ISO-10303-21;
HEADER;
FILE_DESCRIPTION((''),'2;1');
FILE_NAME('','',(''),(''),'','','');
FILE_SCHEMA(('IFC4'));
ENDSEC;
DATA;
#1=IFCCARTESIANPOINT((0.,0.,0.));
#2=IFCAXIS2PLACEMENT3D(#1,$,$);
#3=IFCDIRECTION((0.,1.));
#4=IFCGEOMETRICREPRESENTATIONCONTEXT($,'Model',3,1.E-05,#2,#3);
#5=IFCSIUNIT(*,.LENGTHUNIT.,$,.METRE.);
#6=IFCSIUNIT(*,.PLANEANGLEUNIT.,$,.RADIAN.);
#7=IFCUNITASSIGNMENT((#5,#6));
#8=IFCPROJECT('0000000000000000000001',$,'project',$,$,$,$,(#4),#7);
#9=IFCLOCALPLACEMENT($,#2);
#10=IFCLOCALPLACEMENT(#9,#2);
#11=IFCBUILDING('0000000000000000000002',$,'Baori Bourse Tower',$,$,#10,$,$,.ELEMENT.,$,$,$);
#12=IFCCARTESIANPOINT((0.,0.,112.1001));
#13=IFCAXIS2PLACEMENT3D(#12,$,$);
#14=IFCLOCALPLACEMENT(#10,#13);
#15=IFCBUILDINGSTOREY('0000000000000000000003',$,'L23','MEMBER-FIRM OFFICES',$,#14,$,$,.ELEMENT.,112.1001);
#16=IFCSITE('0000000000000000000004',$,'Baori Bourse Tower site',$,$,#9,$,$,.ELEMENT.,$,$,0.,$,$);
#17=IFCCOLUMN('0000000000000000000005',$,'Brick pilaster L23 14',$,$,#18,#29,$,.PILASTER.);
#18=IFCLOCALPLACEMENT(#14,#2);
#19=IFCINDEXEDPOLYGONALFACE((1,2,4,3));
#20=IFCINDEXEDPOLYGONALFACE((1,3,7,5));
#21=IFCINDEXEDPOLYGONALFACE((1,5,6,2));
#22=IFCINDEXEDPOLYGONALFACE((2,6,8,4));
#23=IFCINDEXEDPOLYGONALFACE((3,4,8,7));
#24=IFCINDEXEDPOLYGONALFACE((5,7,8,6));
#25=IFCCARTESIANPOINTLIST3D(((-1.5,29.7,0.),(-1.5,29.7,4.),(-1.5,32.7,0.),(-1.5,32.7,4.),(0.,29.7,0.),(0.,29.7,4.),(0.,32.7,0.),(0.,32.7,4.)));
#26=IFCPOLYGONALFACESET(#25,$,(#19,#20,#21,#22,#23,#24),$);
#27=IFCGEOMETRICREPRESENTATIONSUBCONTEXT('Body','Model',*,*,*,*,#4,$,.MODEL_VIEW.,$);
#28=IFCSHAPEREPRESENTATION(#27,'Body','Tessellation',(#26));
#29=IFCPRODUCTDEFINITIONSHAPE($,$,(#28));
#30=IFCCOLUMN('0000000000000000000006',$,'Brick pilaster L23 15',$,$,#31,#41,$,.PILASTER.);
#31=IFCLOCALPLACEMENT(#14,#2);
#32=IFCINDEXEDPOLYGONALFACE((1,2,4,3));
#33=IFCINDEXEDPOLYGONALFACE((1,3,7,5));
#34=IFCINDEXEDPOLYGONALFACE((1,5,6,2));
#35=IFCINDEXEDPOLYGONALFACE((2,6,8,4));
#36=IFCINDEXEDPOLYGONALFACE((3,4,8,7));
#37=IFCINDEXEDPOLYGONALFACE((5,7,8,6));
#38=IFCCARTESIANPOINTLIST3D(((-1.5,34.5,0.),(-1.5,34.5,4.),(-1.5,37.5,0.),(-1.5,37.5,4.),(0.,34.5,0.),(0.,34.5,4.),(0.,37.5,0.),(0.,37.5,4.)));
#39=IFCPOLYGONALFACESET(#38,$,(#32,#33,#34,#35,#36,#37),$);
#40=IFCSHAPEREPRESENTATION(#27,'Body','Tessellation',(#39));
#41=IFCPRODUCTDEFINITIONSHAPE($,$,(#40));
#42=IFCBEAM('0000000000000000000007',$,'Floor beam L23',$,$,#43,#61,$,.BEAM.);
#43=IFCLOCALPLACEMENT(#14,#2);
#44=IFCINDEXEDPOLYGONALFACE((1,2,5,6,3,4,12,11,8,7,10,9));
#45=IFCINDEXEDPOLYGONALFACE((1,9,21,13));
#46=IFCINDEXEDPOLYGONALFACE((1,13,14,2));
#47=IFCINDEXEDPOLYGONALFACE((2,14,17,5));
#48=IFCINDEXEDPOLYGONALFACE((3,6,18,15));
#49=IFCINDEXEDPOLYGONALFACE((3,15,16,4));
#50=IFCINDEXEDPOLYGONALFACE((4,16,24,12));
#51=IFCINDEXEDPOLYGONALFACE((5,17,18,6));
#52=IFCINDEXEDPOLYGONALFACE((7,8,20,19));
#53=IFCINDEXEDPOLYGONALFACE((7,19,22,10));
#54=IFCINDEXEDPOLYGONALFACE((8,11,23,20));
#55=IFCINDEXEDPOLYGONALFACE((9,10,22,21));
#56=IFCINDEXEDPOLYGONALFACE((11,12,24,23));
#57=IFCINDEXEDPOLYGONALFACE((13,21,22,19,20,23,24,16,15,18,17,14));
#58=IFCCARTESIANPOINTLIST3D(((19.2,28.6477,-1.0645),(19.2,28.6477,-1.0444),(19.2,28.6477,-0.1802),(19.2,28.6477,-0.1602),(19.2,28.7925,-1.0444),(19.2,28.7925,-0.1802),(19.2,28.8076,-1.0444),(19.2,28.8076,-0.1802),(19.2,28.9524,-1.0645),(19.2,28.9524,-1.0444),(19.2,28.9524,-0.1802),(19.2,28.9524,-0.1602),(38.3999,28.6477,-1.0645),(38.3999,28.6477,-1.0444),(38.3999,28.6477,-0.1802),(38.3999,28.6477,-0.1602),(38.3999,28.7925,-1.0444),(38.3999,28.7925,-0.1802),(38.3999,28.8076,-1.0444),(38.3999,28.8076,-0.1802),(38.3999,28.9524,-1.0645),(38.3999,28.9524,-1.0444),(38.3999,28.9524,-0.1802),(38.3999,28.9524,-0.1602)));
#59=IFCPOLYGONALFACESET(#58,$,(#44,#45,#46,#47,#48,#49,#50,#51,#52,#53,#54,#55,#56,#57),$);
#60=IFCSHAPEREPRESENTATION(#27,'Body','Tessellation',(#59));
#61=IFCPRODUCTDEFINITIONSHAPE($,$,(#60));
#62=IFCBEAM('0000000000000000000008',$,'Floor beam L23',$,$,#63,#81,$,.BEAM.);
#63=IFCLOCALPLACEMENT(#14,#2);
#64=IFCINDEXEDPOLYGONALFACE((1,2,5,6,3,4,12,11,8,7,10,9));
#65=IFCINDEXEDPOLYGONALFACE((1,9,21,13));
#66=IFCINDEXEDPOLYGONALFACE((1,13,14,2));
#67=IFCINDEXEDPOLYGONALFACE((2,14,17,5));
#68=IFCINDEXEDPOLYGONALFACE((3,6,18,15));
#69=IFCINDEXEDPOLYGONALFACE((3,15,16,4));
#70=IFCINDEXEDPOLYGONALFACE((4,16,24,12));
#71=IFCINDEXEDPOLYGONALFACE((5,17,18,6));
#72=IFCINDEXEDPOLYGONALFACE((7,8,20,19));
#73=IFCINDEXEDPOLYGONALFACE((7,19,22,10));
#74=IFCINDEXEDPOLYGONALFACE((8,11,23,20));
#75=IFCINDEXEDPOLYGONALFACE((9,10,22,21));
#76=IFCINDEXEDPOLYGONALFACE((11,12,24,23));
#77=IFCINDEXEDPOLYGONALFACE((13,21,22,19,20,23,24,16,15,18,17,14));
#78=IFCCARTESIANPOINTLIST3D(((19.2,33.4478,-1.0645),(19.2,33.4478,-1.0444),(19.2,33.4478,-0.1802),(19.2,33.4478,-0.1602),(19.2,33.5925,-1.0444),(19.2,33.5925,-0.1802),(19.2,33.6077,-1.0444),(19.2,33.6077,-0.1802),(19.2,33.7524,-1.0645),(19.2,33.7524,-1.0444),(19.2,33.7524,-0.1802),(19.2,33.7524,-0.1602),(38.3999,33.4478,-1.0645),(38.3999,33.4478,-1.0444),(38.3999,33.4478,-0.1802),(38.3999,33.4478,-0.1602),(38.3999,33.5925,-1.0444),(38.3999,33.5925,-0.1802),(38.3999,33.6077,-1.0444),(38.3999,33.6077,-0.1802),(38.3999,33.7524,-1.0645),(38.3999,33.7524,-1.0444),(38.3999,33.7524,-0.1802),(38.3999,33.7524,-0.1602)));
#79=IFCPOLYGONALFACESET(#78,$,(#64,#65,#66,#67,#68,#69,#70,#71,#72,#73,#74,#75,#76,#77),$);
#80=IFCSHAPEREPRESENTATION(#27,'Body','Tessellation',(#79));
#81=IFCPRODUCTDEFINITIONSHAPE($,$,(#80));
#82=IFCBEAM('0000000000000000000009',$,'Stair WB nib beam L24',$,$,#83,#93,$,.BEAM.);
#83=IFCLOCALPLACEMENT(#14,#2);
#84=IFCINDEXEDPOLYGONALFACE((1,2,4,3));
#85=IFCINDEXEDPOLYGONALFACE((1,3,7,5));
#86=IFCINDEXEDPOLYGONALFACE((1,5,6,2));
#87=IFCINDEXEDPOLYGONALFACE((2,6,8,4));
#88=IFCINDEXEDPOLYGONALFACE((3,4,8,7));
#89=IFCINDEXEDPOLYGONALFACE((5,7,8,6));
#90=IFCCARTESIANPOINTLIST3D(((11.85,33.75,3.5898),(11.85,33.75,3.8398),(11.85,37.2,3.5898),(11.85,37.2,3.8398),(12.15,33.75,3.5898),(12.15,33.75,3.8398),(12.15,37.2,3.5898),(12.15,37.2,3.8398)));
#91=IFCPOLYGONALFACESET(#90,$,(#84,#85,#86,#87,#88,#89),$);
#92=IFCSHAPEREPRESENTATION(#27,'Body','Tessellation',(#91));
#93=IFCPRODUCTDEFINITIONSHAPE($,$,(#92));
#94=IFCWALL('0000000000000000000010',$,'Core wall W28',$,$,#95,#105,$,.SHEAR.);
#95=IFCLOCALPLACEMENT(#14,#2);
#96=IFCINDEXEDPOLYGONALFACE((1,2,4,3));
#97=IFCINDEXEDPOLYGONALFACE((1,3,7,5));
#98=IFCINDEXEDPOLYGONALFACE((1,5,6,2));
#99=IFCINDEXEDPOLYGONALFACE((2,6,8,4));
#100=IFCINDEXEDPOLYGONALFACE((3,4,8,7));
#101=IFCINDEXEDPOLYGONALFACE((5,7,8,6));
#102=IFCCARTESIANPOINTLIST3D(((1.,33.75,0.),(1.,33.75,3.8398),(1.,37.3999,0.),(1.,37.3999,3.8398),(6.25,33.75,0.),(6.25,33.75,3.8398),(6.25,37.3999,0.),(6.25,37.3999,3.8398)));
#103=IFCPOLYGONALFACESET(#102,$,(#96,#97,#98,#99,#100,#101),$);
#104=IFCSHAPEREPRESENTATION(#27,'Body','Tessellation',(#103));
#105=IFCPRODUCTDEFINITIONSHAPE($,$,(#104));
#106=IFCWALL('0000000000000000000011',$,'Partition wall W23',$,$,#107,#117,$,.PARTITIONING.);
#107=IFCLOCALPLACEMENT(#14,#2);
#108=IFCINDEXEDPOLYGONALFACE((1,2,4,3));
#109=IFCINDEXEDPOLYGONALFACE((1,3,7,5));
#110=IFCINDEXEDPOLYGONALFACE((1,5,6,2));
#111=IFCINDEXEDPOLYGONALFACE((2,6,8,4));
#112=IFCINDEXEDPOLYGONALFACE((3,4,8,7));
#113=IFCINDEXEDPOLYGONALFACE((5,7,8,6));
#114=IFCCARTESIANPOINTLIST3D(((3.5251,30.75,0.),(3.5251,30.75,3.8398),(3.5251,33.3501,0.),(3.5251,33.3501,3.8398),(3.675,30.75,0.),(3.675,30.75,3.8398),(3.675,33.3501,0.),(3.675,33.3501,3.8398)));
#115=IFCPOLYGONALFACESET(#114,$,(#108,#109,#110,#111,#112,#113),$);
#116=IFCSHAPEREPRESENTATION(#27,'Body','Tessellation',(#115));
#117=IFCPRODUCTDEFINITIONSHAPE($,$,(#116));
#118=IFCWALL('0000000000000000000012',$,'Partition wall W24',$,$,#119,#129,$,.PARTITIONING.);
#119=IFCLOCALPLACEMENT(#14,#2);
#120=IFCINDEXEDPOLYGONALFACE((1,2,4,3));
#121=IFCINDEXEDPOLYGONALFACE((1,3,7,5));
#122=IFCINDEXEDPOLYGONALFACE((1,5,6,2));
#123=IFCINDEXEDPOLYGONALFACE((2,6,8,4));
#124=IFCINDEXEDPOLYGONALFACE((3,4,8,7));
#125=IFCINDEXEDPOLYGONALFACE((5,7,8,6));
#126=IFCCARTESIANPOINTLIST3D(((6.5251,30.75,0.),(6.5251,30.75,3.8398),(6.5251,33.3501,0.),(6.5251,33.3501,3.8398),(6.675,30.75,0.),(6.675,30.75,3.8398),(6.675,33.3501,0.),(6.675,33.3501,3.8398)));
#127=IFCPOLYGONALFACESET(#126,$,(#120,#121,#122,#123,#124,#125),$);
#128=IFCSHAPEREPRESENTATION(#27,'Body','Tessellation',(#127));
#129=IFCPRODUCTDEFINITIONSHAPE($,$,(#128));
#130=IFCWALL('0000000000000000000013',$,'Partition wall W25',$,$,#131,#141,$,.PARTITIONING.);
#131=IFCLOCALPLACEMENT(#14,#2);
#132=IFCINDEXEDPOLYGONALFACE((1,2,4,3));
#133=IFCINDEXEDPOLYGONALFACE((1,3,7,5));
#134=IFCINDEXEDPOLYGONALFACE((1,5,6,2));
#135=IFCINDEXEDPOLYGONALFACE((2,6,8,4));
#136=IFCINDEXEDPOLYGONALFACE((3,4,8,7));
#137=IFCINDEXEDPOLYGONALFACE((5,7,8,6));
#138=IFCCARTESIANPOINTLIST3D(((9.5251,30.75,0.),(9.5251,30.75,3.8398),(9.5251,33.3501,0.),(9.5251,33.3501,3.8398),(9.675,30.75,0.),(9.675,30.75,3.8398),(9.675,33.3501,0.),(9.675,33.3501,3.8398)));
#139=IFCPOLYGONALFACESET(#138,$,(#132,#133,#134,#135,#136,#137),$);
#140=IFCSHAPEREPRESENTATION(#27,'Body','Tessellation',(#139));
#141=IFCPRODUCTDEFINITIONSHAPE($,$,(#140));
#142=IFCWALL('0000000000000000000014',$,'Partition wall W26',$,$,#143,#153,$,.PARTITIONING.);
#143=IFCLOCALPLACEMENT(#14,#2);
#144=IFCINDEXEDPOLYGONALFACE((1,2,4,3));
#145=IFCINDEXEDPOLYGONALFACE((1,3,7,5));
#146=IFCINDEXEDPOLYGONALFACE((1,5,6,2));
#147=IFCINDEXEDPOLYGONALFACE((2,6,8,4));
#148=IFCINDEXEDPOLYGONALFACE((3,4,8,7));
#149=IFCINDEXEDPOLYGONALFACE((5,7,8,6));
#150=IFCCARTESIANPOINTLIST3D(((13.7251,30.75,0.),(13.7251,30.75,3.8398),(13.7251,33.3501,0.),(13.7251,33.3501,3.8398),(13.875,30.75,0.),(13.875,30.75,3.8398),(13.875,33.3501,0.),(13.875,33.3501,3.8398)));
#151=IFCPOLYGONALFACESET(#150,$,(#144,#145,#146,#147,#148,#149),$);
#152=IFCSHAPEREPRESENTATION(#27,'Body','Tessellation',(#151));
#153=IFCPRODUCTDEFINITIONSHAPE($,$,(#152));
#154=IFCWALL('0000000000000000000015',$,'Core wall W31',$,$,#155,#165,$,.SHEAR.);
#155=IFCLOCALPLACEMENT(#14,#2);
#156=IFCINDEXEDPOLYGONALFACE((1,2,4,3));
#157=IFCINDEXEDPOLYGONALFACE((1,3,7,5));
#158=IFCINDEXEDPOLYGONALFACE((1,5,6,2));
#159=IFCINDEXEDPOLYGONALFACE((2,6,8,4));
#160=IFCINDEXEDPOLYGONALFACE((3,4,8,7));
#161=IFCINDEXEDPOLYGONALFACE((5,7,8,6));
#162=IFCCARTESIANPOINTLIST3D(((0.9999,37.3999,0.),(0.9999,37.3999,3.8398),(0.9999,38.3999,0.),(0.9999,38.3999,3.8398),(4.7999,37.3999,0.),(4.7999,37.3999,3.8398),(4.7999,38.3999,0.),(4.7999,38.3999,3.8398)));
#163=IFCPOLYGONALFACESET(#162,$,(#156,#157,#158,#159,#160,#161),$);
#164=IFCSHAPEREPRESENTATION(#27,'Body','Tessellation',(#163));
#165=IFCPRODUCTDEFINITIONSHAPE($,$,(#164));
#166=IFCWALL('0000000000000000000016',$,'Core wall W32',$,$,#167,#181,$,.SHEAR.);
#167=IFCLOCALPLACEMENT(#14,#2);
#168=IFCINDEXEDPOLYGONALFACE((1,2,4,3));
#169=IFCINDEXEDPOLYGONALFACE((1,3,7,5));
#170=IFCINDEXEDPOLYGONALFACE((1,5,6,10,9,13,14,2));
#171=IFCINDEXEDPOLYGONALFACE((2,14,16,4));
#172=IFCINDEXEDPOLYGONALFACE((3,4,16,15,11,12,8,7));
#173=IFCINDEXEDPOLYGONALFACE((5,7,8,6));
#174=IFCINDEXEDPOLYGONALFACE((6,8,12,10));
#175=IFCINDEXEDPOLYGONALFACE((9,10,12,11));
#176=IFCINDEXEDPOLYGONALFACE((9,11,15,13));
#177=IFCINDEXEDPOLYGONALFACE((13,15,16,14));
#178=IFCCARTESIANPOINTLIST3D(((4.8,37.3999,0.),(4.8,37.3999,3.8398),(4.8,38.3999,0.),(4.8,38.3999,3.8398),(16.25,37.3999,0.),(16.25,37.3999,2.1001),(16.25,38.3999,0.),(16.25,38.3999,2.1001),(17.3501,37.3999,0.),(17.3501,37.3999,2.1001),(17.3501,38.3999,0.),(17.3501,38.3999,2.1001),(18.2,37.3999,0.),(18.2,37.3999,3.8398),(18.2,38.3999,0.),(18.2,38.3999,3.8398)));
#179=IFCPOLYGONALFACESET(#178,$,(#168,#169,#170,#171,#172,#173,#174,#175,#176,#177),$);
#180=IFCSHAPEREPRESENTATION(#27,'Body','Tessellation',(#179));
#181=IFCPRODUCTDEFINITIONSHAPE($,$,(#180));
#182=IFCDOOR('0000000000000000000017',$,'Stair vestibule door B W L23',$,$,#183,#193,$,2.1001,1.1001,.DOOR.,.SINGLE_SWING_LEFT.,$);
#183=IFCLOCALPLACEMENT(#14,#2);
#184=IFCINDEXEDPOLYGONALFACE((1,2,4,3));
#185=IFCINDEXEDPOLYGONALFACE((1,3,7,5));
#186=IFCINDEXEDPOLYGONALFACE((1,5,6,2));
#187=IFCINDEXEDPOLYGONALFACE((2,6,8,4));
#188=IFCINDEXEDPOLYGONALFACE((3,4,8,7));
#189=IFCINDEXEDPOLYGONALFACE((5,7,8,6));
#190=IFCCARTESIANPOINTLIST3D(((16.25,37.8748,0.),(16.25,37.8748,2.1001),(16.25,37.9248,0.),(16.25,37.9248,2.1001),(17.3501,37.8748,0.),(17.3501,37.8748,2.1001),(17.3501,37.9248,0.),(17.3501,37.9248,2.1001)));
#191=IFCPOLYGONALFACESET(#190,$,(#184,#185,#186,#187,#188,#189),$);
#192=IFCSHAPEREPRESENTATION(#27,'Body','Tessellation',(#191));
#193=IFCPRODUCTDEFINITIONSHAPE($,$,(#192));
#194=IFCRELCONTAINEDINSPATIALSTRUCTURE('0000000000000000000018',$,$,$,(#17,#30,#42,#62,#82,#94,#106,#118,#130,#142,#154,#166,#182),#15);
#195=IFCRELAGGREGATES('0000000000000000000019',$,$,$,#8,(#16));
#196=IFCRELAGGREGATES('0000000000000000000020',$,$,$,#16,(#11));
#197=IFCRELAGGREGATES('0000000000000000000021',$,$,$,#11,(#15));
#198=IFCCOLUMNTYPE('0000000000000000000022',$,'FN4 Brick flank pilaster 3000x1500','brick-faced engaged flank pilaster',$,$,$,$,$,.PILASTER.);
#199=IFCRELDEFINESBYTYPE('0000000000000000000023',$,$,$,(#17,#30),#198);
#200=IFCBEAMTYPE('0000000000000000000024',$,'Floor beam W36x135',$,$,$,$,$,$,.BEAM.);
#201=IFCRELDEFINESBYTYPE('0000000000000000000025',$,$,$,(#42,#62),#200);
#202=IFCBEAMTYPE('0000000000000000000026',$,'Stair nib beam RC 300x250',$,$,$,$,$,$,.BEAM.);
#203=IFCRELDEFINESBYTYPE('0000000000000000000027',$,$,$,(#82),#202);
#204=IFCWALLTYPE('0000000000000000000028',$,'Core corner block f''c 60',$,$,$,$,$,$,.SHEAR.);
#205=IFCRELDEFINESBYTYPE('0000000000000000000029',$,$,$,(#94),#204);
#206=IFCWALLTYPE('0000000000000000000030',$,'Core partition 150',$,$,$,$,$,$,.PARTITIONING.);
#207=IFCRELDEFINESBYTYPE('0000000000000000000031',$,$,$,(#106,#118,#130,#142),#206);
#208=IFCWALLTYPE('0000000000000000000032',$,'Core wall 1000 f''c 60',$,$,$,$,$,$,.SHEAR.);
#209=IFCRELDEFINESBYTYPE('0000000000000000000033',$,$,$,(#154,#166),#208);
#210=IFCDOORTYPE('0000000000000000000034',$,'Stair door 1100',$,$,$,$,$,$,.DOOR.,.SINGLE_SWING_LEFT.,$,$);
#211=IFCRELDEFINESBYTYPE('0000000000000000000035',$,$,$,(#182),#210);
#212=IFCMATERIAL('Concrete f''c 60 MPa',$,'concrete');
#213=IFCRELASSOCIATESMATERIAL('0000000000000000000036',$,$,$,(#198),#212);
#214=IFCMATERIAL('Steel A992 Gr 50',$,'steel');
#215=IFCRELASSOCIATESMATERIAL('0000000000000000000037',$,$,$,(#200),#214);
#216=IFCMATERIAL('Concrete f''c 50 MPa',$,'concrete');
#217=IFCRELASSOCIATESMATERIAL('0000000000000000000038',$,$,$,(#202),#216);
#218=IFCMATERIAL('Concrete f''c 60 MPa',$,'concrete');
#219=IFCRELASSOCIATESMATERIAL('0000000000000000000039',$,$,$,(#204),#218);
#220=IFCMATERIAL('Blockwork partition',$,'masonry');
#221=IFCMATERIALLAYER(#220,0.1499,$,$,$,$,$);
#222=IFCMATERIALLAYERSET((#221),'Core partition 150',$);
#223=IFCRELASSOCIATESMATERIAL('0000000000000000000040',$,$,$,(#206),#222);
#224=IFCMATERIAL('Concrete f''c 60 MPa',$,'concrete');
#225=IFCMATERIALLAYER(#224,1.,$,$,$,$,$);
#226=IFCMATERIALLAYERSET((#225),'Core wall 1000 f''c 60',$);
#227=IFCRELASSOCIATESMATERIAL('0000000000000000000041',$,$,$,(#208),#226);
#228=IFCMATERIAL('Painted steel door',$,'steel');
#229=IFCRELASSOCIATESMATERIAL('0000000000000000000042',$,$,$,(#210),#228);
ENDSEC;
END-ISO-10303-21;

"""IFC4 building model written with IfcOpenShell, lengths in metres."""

from ifc_helpers import new_model, si_unit, direction, frame, frame_2d, origin, origin_2d, place, context, subcontext, project, spatial, rectangle, i_section, extrude, material, layer, layer_set, material_profile, profile_set, type_object, element, fill, save


model = new_model("IFC4")

# Units and contexts
model_context = context("Model", 3, precision=1e-05, world=origin(), true_north=direction((0.0, 1.0)))
body_context = subcontext(model_context, "Body", "Model", "MODEL_VIEW")
ifc_project = project(units=[si_unit("LENGTHUNIT", "METRE"), si_unit("PLANEANGLEUNIT", "RADIAN")], contexts=[model_context])

# Site, building, storey
site_placement = place(None, origin())
site = spatial("IfcSite", under=ifc_project, at=site_placement, Name="Baori Bourse Tower site", CompositionType="ELEMENT", RefElevation=0.0)
building_placement = place(site_placement, origin())
building = spatial("IfcBuilding", under=site, at=building_placement, Name="Baori Bourse Tower", CompositionType="ELEMENT")
storey_placement = place(building_placement, frame((0.0, 0.0, 112.1001)))
storey = spatial("IfcBuildingStorey", under=building, at=storey_placement, Name="L23", Description="MEMBER-FIRM OFFICES", CompositionType="ELEMENT", Elevation=112.1001)

# Columns
ifc_material_1 = material(Name="Concrete f'c 60 MPa", Category="concrete")
ifc_material_profile_1 = material_profile(ifc_material_1, rectangle(XDim=3.0, YDim=1.5, at=origin_2d()), Name="RC 3000x1500")
ifc_profile_set_1 = profile_set([ifc_material_profile_1], Name="Concrete f'c 60 MPa")
column_type = type_object("IfcColumnType", Name="FN4 Brick flank pilaster 3000x1500", Description="brick-faced engaged flank pilaster", PredefinedType="PILASTER", material=ifc_profile_set_1)
for number, where, z_axis, x_axis, name in (
    (1, (-0.75, 31.2, 0.0), (0.0, 0.0, 1.0), (0.0, 1.0, 0.0), "Brick pilaster L23 14"),
    (2, (-0.75, 36.0, 0.0), (0.0, 0.0, 1.0), (0.0, 1.0, 0.0), "Brick pilaster L23 15"),
):
    element("IfcColumn", number, at=place(storey_placement, frame(where, z_axis=z_axis, x_axis=x_axis)), inside=storey, type_object=column_type, Name=name, PredefinedType="PILASTER", context=body_context, shape_type="SweptSolid", body=[
        extrude(rectangle(XDim=3.0, YDim=1.5, at=origin_2d()), origin(), (0.0, 0.0, 1.0), 4.0),
    ])

# Beams
ifc_material_2 = material(Name="Steel A992 Gr 50", Category="steel")
ifc_material_profile_2 = material_profile(ifc_material_2, i_section(OverallWidth=0.3047, OverallDepth=0.9043, WebThickness=0.0151, FlangeThickness=0.02, at=origin_2d()), Name="W36x135")
ifc_profile_set_2 = profile_set([ifc_material_profile_2], Name="Steel A992 Gr 50")
beam_type_1 = type_object("IfcBeamType", Name="Floor beam W36x135", PredefinedType="BEAM", material=ifc_profile_set_2)
for number, where, z_axis, x_axis, name in (
    (3, (19.2, 28.8, -0.6123), (1.0, 0.0, 0.0), (0.0, 1.0, 0.0), "Floor beam L23"),
    (4, (19.2, 33.6001, -0.6123), (1.0, 0.0, 0.0), (0.0, 1.0, 0.0), "Floor beam L23"),
):
    element("IfcBeam", number, at=place(storey_placement, frame(where, z_axis=z_axis, x_axis=x_axis)), inside=storey, type_object=beam_type_1, Name=name, PredefinedType="BEAM", context=body_context, shape_type="SweptSolid", body=[
        extrude(i_section(OverallWidth=0.3047, OverallDepth=0.9043, WebThickness=0.0151, FlangeThickness=0.02, at=origin_2d()), origin(), (0.0, 0.0, 1.0), 19.2),
    ])
ifc_material_3 = material(Name="Concrete f'c 50 MPa", Category="concrete")
ifc_material_profile_3 = material_profile(ifc_material_3, rectangle(XDim=0.3, YDim=0.25, at=origin_2d()), Name="RC 300x250")
ifc_profile_set_3 = profile_set([ifc_material_profile_3], Name="Concrete f'c 50 MPa")
beam_type_2 = type_object("IfcBeamType", Name="Stair nib beam RC 300x250", PredefinedType="BEAM", material=ifc_profile_set_3)
beam_placement = place(storey_placement, frame((12.0, 33.75, 3.7148), z_axis=(0.0, 1.0, 0.0), x_axis=(-1.0, 0.0, 0.0)))
element("IfcBeam", 5, at=beam_placement, inside=storey, type_object=beam_type_2, Name="Stair WB nib beam L24", PredefinedType="BEAM", context=body_context, shape_type="SweptSolid", body=[
    extrude(rectangle(XDim=0.3, YDim=0.25, at=origin_2d()), origin(), (0.0, 0.0, 1.0), 3.45),
])

# Walls
ifc_material_4 = material(Name="Concrete f'c 60 MPa", Category="concrete")
wall_type_1 = type_object("IfcWallType", Name="Core corner block f'c 60", PredefinedType="SHEAR", material=ifc_material_4)
wall_1_placement = place(storey_placement, frame((1.0, 35.575, 0.0), z_axis=(0.0, 0.0, 1.0), x_axis=(1.0, 0.0, 0.0)))
element("IfcWall", 6, at=wall_1_placement, inside=storey, type_object=wall_type_1, Name="Core wall W28", PredefinedType="SHEAR", context=body_context, shape_type="SweptSolid", body=[
    extrude(rectangle(XDim=5.25, YDim=3.6499, at=frame_2d((2.625, 0.0))), origin(), (0.0, 0.0, 1.0), 3.8398),
])
ifc_material_5 = material(Name="Blockwork partition", Category="masonry")
ifc_layer_1 = layer(ifc_material_5, 0.1499)
ifc_layer_set_1 = layer_set([ifc_layer_1], Name="Core partition 150")
wall_type_2 = type_object("IfcWallType", Name="Core partition 150", PredefinedType="PARTITIONING", material=ifc_layer_set_1)
for number, where, z_axis, x_axis, name in (
    (7, (3.6001, 30.75, 0.0), (0.0, 0.0, 1.0), (0.0, 1.0, 0.0), "Partition wall W23"),
    (8, (6.6001, 30.75, 0.0), (0.0, 0.0, 1.0), (0.0, 1.0, 0.0), "Partition wall W24"),
    (9, (9.6001, 30.75, 0.0), (0.0, 0.0, 1.0), (0.0, 1.0, 0.0), "Partition wall W25"),
    (10, (13.8, 30.75, 0.0), (0.0, 0.0, 1.0), (0.0, 1.0, 0.0), "Partition wall W26"),
):
    element("IfcWall", number, at=place(storey_placement, frame(where, z_axis=z_axis, x_axis=x_axis)), inside=storey, type_object=wall_type_2, Name=name, PredefinedType="PARTITIONING", context=body_context, shape_type="SweptSolid", body=[
        extrude(rectangle(XDim=2.6001, YDim=0.1499, at=frame_2d((1.3, 0.0))), origin(), (0.0, 0.0, 1.0), 3.8398),
    ])
ifc_material_6 = material(Name="Concrete f'c 60 MPa", Category="concrete")
ifc_layer_2 = layer(ifc_material_6, 1.0)
ifc_layer_set_2 = layer_set([ifc_layer_2], Name="Core wall 1000 f'c 60")
wall_type_3 = type_object("IfcWallType", Name="Core wall 1000 f'c 60", PredefinedType="SHEAR", material=ifc_layer_set_2)
wall_2_placement = place(storey_placement, frame((1.0, 37.8999, 0.0), z_axis=(0.0, 0.0, 1.0), x_axis=(1.0, 0.0, 0.0)))
element("IfcWall", 11, at=wall_2_placement, inside=storey, type_object=wall_type_3, Name="Core wall W31", PredefinedType="SHEAR", context=body_context, shape_type="SweptSolid", body=[
    extrude(rectangle(XDim=3.8, YDim=1.0, at=frame_2d((1.8999, 0.0))), origin(), (0.0, 0.0, 1.0), 3.8398),
])

# Wall, opening, door
wall_3_placement = place(storey_placement, frame((4.8, 37.8999, 0.0), z_axis=(0.0, 0.0, 1.0), x_axis=(1.0, 0.0, 0.0)))
wall_3 = element("IfcWall", 12, at=wall_3_placement, inside=storey, type_object=wall_type_3, Name="Core wall W32", PredefinedType="SHEAR", context=body_context, shape_type="SweptSolid", body=[
    extrude(rectangle(XDim=13.3999, YDim=1.0, at=frame_2d((6.7, 0.0))), origin(), (0.0, 0.0, 1.0), 3.8398),
])
opening_1_placement = place(wall_3_placement, frame((11.45, 0.0, 0.0)))
opening_1 = element("IfcOpeningElement", 13, at=opening_1_placement, cuts=wall_3, PredefinedType="OPENING", context=body_context, shape_type="SweptSolid", body=[
    extrude(rectangle(XDim=1.1001, YDim=2.1001, at=frame_2d((0.55, 1.05))), frame((0.0, 0.51, 0.0), z_axis=(0.0, -1.0, 0.0), x_axis=(1.0, 0.0, 0.0)), (0.0, 0.0, 1.0), 1.02),
])
ifc_material_7 = material(Name="Painted steel door", Category="steel")
door_type_1 = type_object("IfcDoorType", Name="Stair door 1100", OperationType="SINGLE_SWING_LEFT", PredefinedType="DOOR", material=ifc_material_7)
door_1_placement = place(opening_1_placement, origin())
door_1 = element("IfcDoor", 14, at=door_1_placement, inside=storey, type_object=door_type_1, Name="Stair vestibule door B W L23", OperationType="SINGLE_SWING_LEFT", OverallHeight=2.1001, OverallWidth=1.1001, PredefinedType="DOOR", context=body_context, shape_type="SweptSolid", body=[
    extrude(rectangle(XDim=1.1001, YDim=2.1001, at=frame_2d((0.55, 1.05))), frame((0.0, 0.0249, 0.0), z_axis=(0.0, -1.0, 0.0), x_axis=(1.0, 0.0, 0.0)), (0.0, 0.0, 1.0), 0.05),
])
fill(opening_1, door_1)

save(model, "model.ifc")
